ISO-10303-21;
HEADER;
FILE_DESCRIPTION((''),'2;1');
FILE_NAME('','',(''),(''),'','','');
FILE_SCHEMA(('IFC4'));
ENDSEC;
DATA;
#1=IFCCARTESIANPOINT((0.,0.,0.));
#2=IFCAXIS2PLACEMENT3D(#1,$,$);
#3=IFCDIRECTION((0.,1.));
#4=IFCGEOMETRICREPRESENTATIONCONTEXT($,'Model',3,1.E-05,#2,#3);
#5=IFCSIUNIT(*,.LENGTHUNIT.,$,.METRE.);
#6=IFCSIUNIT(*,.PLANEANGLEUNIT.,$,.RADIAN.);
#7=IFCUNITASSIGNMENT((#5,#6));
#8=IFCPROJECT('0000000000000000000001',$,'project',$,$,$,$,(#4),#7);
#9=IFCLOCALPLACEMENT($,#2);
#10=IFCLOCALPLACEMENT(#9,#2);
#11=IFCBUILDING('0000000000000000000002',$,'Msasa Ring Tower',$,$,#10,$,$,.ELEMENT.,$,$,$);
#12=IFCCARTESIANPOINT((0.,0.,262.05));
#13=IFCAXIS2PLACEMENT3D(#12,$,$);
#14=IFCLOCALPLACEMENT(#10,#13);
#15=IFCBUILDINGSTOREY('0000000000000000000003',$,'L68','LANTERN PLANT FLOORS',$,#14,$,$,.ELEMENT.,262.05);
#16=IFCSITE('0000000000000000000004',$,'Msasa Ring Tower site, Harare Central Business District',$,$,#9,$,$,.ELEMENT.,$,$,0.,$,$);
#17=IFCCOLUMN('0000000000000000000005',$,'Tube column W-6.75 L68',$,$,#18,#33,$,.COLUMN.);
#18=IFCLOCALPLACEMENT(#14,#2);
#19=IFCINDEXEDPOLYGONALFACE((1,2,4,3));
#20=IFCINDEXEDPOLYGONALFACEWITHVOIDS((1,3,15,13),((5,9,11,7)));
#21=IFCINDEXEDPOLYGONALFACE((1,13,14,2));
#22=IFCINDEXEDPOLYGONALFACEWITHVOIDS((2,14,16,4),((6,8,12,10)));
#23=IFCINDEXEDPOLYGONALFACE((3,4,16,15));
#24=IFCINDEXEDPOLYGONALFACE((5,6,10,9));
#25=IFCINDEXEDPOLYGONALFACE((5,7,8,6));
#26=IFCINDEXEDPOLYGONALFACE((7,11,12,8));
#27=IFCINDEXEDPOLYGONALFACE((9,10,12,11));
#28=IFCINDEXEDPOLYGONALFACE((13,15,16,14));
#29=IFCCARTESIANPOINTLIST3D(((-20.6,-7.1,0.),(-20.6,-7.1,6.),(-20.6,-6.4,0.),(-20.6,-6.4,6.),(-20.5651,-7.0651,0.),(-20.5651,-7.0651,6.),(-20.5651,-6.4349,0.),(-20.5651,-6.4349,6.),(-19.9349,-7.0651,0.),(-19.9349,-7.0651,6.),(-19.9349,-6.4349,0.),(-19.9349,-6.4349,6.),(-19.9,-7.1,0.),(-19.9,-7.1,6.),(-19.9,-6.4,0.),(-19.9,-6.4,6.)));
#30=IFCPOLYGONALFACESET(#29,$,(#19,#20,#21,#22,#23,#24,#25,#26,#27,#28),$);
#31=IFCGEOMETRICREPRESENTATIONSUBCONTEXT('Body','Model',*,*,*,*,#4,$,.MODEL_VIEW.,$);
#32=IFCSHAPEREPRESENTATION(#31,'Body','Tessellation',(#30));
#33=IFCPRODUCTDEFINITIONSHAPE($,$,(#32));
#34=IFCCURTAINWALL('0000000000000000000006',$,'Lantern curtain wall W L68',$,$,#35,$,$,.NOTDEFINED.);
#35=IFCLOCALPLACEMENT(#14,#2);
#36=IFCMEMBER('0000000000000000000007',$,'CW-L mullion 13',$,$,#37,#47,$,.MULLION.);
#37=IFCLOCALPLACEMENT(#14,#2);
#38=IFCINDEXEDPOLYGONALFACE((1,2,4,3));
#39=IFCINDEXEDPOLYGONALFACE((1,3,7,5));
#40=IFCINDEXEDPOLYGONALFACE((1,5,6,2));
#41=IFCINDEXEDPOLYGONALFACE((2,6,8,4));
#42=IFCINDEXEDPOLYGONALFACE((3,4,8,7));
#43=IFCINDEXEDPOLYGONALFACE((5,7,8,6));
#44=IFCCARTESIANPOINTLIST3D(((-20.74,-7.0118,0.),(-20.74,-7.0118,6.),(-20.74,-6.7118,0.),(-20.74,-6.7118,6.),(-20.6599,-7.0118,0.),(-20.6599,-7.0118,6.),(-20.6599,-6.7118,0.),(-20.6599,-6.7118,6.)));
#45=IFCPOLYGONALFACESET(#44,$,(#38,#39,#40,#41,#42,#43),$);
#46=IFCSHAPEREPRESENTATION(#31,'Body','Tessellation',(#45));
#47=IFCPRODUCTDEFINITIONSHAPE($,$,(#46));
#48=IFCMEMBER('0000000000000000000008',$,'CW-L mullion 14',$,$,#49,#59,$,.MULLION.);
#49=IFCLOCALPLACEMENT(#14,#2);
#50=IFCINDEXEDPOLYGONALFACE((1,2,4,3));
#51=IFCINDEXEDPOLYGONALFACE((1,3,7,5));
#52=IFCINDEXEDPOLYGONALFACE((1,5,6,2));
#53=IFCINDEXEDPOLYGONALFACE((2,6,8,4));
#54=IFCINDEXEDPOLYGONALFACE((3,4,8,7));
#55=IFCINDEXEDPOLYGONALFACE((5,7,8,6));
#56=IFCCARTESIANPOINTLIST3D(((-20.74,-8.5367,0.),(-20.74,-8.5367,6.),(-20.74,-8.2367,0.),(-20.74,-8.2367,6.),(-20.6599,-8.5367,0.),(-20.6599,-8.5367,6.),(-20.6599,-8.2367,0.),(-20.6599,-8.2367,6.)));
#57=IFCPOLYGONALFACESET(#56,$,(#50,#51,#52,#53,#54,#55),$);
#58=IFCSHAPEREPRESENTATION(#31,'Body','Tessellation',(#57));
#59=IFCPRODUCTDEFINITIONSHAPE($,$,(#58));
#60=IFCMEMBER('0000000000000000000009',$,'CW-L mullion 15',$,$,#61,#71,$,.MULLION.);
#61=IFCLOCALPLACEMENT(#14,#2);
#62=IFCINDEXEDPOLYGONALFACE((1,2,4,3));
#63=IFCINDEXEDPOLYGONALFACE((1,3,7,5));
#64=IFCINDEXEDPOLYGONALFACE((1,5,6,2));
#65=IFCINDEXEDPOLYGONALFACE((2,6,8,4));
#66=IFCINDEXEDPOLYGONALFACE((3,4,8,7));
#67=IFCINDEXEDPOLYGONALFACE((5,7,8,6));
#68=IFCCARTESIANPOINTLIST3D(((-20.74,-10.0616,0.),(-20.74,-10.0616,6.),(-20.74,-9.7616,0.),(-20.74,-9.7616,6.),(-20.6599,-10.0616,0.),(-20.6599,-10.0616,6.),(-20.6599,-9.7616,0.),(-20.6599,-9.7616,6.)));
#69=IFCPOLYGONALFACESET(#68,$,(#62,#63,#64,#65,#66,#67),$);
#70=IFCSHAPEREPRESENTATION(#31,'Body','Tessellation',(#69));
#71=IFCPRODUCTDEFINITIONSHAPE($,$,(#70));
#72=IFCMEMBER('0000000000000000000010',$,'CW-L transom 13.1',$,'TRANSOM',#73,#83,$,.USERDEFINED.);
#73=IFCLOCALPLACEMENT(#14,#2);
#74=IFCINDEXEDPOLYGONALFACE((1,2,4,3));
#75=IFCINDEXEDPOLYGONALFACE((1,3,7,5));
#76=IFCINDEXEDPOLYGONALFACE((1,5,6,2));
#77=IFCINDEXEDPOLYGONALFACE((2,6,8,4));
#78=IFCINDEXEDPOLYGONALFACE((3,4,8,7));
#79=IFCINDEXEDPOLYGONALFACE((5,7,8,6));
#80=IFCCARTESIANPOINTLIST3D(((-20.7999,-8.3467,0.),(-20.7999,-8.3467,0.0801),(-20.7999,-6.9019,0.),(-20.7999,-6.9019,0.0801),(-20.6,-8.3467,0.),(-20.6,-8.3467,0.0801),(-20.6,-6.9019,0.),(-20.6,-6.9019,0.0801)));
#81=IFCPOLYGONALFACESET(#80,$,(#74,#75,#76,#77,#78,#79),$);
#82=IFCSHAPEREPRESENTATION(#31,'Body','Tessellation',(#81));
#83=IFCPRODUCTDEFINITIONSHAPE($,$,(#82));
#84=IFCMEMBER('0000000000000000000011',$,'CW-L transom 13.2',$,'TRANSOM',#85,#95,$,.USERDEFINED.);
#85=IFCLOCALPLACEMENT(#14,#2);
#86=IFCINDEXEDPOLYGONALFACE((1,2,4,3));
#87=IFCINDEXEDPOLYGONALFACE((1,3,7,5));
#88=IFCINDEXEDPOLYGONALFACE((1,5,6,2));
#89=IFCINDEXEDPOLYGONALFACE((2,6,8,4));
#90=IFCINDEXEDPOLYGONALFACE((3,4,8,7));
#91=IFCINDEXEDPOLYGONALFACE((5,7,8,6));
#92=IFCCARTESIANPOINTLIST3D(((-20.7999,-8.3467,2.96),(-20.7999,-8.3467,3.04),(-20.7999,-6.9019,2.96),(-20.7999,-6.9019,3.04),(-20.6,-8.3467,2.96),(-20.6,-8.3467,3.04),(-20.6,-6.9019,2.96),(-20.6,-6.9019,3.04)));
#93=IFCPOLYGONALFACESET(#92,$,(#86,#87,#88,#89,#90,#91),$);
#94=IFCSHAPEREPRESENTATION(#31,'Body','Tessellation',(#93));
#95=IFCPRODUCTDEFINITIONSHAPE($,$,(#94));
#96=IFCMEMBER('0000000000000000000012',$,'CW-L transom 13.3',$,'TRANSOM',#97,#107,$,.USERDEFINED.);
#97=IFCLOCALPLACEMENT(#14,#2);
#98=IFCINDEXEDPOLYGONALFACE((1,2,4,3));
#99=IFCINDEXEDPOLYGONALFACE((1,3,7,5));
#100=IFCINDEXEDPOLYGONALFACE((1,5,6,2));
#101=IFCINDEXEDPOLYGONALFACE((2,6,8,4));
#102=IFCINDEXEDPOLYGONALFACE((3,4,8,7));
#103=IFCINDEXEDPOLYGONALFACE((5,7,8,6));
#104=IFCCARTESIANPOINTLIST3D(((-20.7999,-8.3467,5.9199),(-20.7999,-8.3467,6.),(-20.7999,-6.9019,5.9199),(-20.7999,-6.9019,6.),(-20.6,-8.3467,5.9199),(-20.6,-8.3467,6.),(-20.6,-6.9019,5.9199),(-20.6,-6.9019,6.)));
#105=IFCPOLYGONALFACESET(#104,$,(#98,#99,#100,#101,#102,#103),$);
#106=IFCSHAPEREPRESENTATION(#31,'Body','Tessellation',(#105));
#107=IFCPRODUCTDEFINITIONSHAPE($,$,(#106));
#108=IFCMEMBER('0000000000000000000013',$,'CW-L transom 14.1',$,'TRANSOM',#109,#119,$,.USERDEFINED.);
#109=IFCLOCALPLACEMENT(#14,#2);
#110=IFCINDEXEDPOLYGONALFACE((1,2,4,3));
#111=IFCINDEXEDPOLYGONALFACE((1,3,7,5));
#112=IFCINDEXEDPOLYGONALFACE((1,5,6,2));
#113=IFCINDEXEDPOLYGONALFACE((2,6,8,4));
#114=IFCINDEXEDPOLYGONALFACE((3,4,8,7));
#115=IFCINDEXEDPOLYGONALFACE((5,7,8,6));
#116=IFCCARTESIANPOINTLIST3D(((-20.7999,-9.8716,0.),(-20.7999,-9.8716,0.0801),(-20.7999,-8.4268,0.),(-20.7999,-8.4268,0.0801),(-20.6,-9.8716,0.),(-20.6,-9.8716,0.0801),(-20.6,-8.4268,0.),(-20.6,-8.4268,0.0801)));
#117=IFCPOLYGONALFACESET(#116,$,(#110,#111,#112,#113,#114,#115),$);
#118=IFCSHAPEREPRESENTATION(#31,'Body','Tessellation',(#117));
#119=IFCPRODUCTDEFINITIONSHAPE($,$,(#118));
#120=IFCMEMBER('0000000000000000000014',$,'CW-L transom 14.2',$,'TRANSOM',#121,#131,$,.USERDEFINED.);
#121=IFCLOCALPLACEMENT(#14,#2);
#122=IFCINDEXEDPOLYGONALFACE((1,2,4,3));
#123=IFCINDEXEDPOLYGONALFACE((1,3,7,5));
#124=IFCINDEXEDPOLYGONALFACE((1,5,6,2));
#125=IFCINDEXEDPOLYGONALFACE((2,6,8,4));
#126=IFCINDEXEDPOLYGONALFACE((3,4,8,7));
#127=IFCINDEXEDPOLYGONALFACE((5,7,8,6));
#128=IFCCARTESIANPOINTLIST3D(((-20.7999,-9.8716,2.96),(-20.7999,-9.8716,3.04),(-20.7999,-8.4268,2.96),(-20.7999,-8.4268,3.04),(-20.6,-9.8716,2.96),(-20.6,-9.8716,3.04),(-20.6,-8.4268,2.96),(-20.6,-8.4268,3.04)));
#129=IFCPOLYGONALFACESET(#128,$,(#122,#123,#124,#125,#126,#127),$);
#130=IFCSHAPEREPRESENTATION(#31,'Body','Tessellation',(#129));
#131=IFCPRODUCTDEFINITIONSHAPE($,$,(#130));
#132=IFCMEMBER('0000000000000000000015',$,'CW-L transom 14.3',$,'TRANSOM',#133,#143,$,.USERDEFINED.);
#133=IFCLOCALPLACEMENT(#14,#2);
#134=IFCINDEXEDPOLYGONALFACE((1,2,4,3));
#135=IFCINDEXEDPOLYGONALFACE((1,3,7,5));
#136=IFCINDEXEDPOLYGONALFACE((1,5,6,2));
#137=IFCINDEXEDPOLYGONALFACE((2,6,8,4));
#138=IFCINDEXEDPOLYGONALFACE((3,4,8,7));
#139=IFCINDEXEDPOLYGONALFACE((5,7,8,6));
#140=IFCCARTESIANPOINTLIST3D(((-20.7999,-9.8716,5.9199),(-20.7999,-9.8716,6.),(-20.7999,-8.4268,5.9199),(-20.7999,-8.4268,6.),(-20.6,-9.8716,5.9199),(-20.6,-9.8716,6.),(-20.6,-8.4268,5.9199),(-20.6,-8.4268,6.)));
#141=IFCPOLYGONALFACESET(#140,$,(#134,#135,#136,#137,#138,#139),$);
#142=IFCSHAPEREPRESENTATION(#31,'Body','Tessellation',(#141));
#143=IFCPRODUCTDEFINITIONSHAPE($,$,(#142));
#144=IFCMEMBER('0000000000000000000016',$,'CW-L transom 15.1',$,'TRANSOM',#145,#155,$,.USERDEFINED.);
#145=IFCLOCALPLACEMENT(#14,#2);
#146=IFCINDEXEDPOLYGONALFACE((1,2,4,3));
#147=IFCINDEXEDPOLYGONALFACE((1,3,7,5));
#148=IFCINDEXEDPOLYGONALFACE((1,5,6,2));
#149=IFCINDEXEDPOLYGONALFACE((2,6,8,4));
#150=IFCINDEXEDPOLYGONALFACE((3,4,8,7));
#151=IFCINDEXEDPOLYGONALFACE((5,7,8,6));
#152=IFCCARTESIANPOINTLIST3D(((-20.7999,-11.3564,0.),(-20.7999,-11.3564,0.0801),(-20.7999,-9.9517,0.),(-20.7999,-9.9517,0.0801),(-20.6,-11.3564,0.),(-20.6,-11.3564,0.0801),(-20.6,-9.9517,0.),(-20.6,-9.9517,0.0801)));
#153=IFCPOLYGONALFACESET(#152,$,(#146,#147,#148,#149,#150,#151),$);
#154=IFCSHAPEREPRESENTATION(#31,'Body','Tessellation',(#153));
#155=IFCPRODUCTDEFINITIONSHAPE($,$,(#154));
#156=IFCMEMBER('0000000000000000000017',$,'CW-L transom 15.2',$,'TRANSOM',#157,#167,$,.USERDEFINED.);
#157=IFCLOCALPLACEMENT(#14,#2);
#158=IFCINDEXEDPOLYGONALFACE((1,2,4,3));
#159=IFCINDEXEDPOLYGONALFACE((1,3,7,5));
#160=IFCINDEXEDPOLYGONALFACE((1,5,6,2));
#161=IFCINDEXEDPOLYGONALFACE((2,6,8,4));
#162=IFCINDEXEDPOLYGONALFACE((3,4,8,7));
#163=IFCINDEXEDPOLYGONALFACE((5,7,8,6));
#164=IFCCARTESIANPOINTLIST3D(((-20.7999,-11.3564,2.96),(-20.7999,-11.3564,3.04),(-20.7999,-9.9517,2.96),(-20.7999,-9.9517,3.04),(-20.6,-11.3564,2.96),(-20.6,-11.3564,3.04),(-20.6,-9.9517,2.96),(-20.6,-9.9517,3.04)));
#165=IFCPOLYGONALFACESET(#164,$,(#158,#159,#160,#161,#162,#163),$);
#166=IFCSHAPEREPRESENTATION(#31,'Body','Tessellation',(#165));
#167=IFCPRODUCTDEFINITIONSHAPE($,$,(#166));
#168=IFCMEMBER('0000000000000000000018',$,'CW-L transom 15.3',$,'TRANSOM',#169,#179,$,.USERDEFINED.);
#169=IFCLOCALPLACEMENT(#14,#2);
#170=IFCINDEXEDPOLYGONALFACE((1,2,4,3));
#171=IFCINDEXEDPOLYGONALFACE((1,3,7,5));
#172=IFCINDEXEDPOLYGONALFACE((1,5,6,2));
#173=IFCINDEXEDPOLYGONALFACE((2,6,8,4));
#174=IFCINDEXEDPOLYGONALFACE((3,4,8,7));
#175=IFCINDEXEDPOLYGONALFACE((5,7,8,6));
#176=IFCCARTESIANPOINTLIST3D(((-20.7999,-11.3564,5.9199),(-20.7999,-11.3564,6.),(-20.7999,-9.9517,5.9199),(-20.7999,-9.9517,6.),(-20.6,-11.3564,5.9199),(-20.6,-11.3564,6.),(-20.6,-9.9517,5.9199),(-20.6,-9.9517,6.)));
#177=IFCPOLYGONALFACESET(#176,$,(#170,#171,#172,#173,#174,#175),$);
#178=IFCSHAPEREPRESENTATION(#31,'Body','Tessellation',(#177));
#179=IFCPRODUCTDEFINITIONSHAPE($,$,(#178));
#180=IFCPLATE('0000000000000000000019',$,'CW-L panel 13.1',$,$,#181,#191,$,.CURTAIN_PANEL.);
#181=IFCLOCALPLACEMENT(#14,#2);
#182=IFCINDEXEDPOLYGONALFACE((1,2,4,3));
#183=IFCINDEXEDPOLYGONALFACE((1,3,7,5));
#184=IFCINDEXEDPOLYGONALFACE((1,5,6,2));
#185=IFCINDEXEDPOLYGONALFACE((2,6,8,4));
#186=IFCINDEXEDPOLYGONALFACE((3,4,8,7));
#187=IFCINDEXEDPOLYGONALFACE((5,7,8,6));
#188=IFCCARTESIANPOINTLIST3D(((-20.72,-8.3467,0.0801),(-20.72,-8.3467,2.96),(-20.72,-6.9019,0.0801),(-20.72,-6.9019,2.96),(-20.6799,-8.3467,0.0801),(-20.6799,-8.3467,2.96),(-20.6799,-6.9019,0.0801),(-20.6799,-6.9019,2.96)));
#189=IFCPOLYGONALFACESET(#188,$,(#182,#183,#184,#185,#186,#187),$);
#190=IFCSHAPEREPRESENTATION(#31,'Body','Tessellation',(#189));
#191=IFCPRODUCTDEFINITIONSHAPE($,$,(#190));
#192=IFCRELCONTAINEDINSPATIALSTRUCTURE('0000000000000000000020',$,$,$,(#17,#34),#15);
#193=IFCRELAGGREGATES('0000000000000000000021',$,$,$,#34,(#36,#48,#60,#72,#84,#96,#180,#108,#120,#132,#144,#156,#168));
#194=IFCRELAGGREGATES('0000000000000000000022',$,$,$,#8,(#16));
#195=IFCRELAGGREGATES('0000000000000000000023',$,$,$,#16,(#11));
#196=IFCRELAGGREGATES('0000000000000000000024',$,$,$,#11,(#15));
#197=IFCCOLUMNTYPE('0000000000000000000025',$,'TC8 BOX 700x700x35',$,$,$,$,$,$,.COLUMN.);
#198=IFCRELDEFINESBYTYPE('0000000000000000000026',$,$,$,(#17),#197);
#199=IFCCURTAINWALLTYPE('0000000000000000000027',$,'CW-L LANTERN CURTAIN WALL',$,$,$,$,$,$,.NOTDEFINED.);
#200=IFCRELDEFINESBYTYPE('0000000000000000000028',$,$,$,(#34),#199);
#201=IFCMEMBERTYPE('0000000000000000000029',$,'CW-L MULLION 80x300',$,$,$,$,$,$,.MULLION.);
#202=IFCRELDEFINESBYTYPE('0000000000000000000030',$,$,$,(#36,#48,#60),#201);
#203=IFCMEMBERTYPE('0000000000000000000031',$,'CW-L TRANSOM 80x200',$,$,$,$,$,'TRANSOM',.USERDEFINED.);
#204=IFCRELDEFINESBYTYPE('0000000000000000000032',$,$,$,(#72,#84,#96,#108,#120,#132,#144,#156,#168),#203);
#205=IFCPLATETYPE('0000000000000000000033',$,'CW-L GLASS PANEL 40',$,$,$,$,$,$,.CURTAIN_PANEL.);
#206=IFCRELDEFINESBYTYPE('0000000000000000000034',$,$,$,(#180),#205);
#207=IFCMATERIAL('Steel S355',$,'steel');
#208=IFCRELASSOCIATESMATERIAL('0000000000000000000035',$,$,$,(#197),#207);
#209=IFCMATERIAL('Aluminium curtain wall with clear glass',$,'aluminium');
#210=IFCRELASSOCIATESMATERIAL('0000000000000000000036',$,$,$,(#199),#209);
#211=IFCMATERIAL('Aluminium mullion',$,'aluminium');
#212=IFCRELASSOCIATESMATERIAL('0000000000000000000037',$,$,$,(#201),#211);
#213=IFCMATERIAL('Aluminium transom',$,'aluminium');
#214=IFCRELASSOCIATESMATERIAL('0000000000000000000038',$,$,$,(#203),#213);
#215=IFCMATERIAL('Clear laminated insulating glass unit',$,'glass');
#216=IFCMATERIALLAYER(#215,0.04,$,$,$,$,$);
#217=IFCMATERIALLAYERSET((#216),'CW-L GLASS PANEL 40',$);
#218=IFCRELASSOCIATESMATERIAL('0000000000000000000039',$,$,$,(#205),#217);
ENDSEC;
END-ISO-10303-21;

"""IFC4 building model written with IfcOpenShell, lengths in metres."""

from ifc_helpers import new_model, si_unit, direction, frame, origin, origin_2d, place, context, subcontext, project, spatial, rectangle, hollow_rectangle, extrude, material, layer, layer_set, material_profile, profile_set, type_object, element, aggregate, save


model = new_model("IFC4")

# Units and contexts
model_context = context("Model", 3, precision=1e-05, world=origin(), true_north=direction((0.0, 1.0)))
body_context = subcontext(model_context, "Body", "Model", "MODEL_VIEW")
ifc_project = project(units=[si_unit("LENGTHUNIT", "METRE"), si_unit("PLANEANGLEUNIT", "RADIAN")], contexts=[model_context])

# Site, building, storey
site_placement = place(None, origin())
site = spatial("IfcSite", under=ifc_project, at=site_placement, Name="Msasa Ring Tower site, Harare Central Business District", CompositionType="ELEMENT", RefElevation=0.0)
building_placement = place(site_placement, origin())
building = spatial("IfcBuilding", under=site, at=building_placement, Name="Msasa Ring Tower", CompositionType="ELEMENT")
storey_placement = place(building_placement, frame((0.0, 0.0, 262.05)))
storey = spatial("IfcBuildingStorey", under=building, at=storey_placement, Name="L68", Description="LANTERN PLANT FLOORS", CompositionType="ELEMENT", Elevation=262.05)

# Column
ifc_material_1 = material(Name="Steel S355", Category="steel")
ifc_material_profile_1 = material_profile(ifc_material_1, hollow_rectangle(XDim=0.7, YDim=0.7, WallThickness=0.0349, at=origin_2d()), Name="BOX 700x700x35")
ifc_profile_set_1 = profile_set([ifc_material_profile_1], Name="Steel S355")
column_type = type_object("IfcColumnType", Name="TC8 BOX 700x700x35", PredefinedType="COLUMN", material=ifc_profile_set_1)
column_placement = place(storey_placement, frame((-20.25, -6.75, 0.0), z_axis=(0.0, 0.0, 1.0), x_axis=(1.0, 0.0, 0.0)))
element("IfcColumn", 1, at=column_placement, inside=storey, type_object=column_type, Name="Tube column W-6.75 L68", PredefinedType="COLUMN", context=body_context, shape_type="SweptSolid", body=[
    extrude(hollow_rectangle(XDim=0.7, YDim=0.7, WallThickness=0.0349, at=origin_2d()), origin(), (0.0, 0.0, 1.0), 6.0),
])

# Curtain wall, members, plate
ifc_material_2 = material(Name="Aluminium curtain wall with clear glass", Category="aluminium")
curtain_wall_type = type_object("IfcCurtainWallType", Name="CW-L LANTERN CURTAIN WALL", PredefinedType="NOTDEFINED", material=ifc_material_2)
curtain_wall_placement = place(storey_placement, origin())
curtain_wall = element("IfcCurtainWall", 2, at=curtain_wall_placement, inside=storey, type_object=curtain_wall_type, Name="Lantern curtain wall W L68", PredefinedType="NOTDEFINED")
ifc_material_3 = material(Name="Aluminium mullion", Category="aluminium")
ifc_material_profile_2 = material_profile(ifc_material_3, rectangle(XDim=0.0801, YDim=0.3, at=origin_2d()), Name="AL 80x300")
ifc_profile_set_2 = profile_set([ifc_material_profile_2], Name="Aluminium mullion")
member_type_1 = type_object("IfcMemberType", Name="CW-L MULLION 80x300", PredefinedType="MULLION", material=ifc_profile_set_2)
member_1_placement = place(storey_placement, frame((-20.7, -6.8618, 0.0), z_axis=(0.0, 0.0, 1.0), x_axis=(1.0, 0.0, 0.0)))
member_1 = element("IfcMember", 3, at=member_1_placement, type_object=member_type_1, Name="CW-L mullion 13", PredefinedType="MULLION", context=body_context, shape_type="SweptSolid", body=[
    extrude(rectangle(XDim=0.0801, YDim=0.3, at=origin_2d()), origin(), (0.0, 0.0, 1.0), 6.0),
])
member_2_placement = place(storey_placement, frame((-20.7, -8.3867, 0.0), z_axis=(0.0, 0.0, 1.0), x_axis=(1.0, 0.0, 0.0)))
member_2 = element("IfcMember", 4, at=member_2_placement, type_object=member_type_1, Name="CW-L mullion 14", PredefinedType="MULLION", context=body_context, shape_type="SweptSolid", body=[
    extrude(rectangle(XDim=0.0801, YDim=0.3, at=origin_2d()), origin(), (0.0, 0.0, 1.0), 6.0),
])
member_3_placement = place(storey_placement, frame((-20.7, -9.9116, 0.0), z_axis=(0.0, 0.0, 1.0), x_axis=(1.0, 0.0, 0.0)))
member_3 = element("IfcMember", 5, at=member_3_placement, type_object=member_type_1, Name="CW-L mullion 15", PredefinedType="MULLION", context=body_context, shape_type="SweptSolid", body=[
    extrude(rectangle(XDim=0.0801, YDim=0.3, at=origin_2d()), origin(), (0.0, 0.0, 1.0), 6.0),
])
ifc_material_4 = material(Name="Aluminium transom", Category="aluminium")
ifc_material_profile_3 = material_profile(ifc_material_4, rectangle(XDim=0.2, YDim=0.0801, at=origin_2d()), Name="AL 80x200")
ifc_profile_set_3 = profile_set([ifc_material_profile_3], Name="Aluminium transom")
member_type_2 = type_object("IfcMemberType", Name="CW-L TRANSOM 80x200", ElementType="TRANSOM", PredefinedType="USERDEFINED", material=ifc_profile_set_3)
member_4_placement = place(storey_placement, frame((-20.7, -6.9019, 0.04), z_axis=(0.0, -1.0, 0.0), x_axis=(1.0, 0.0, 0.0)))
member_4 = element("IfcMember", 6, at=member_4_placement, type_object=member_type_2, Name="CW-L transom 13.1", ObjectType="TRANSOM", PredefinedType="USERDEFINED", context=body_context, shape_type="SweptSolid", body=[
    extrude(rectangle(XDim=0.2, YDim=0.0801, at=origin_2d()), origin(), (0.0, 0.0, 1.0), 1.4448),
])
member_5_placement = place(storey_placement, frame((-20.7, -6.9019, 3.0), z_axis=(0.0, -1.0, 0.0), x_axis=(1.0, 0.0, 0.0)))
member_5 = element("IfcMember", 7, at=member_5_placement, type_object=member_type_2, Name="CW-L transom 13.2", ObjectType="TRANSOM", PredefinedType="USERDEFINED", context=body_context, shape_type="SweptSolid", body=[
    extrude(rectangle(XDim=0.2, YDim=0.0801, at=origin_2d()), origin(), (0.0, 0.0, 1.0), 1.4448),
])
member_6_placement = place(storey_placement, frame((-20.7, -6.9019, 5.96), z_axis=(0.0, -1.0, 0.0), x_axis=(1.0, 0.0, 0.0)))
member_6 = element("IfcMember", 8, at=member_6_placement, type_object=member_type_2, Name="CW-L transom 13.3", ObjectType="TRANSOM", PredefinedType="USERDEFINED", context=body_context, shape_type="SweptSolid", body=[
    extrude(rectangle(XDim=0.2, YDim=0.0801, at=origin_2d()), origin(), (0.0, 0.0, 1.0), 1.4448),
])
member_7_placement = place(storey_placement, frame((-20.7, -8.4268, 0.04), z_axis=(0.0, -1.0, 0.0), x_axis=(1.0, 0.0, 0.0)))
member_7 = element("IfcMember", 9, at=member_7_placement, type_object=member_type_2, Name="CW-L transom 14.1", ObjectType="TRANSOM", PredefinedType="USERDEFINED", context=body_context, shape_type="SweptSolid", body=[
    extrude(rectangle(XDim=0.2, YDim=0.0801, at=origin_2d()), origin(), (0.0, 0.0, 1.0), 1.4448),
])
member_8_placement = place(storey_placement, frame((-20.7, -8.4268, 3.0), z_axis=(0.0, -1.0, 0.0), x_axis=(1.0, 0.0, 0.0)))
member_8 = element("IfcMember", 10, at=member_8_placement, type_object=member_type_2, Name="CW-L transom 14.2", ObjectType="TRANSOM", PredefinedType="USERDEFINED", context=body_context, shape_type="SweptSolid", body=[
    extrude(rectangle(XDim=0.2, YDim=0.0801, at=origin_2d()), origin(), (0.0, 0.0, 1.0), 1.4448),
])
member_9_placement = place(storey_placement, frame((-20.7, -8.4268, 5.96), z_axis=(0.0, -1.0, 0.0), x_axis=(1.0, 0.0, 0.0)))
member_9 = element("IfcMember", 11, at=member_9_placement, type_object=member_type_2, Name="CW-L transom 14.3", ObjectType="TRANSOM", PredefinedType="USERDEFINED", context=body_context, shape_type="SweptSolid", body=[
    extrude(rectangle(XDim=0.2, YDim=0.0801, at=origin_2d()), origin(), (0.0, 0.0, 1.0), 1.4448),
])
member_10_placement = place(storey_placement, frame((-20.7, -9.9517, 0.04), z_axis=(0.0, -1.0, 0.0), x_axis=(1.0, 0.0, 0.0)))
member_10 = element("IfcMember", 12, at=member_10_placement, type_object=member_type_2, Name="CW-L transom 15.1", ObjectType="TRANSOM", PredefinedType="USERDEFINED", context=body_context, shape_type="SweptSolid", body=[
    extrude(rectangle(XDim=0.2, YDim=0.0801, at=origin_2d()), origin(), (0.0, 0.0, 1.0), 1.4048),
])
member_11_placement = place(storey_placement, frame((-20.7, -9.9517, 3.0), z_axis=(0.0, -1.0, 0.0), x_axis=(1.0, 0.0, 0.0)))
member_11 = element("IfcMember", 13, at=member_11_placement, type_object=member_type_2, Name="CW-L transom 15.2", ObjectType="TRANSOM", PredefinedType="USERDEFINED", context=body_context, shape_type="SweptSolid", body=[
    extrude(rectangle(XDim=0.2, YDim=0.0801, at=origin_2d()), origin(), (0.0, 0.0, 1.0), 1.4048),
])
member_12_placement = place(storey_placement, frame((-20.7, -9.9517, 5.96), z_axis=(0.0, -1.0, 0.0), x_axis=(1.0, 0.0, 0.0)))
member_12 = element("IfcMember", 14, at=member_12_placement, type_object=member_type_2, Name="CW-L transom 15.3", ObjectType="TRANSOM", PredefinedType="USERDEFINED", context=body_context, shape_type="SweptSolid", body=[
    extrude(rectangle(XDim=0.2, YDim=0.0801, at=origin_2d()), origin(), (0.0, 0.0, 1.0), 1.4048),
])
ifc_material_5 = material(Name="Clear laminated insulating glass unit", Category="glass")
ifc_layer_1 = layer(ifc_material_5, 0.04)
ifc_layer_set_1 = layer_set([ifc_layer_1], Name="CW-L GLASS PANEL 40")
plate_type = type_object("IfcPlateType", Name="CW-L GLASS PANEL 40", PredefinedType="CURTAIN_PANEL", material=ifc_layer_set_1)
plate_1_placement = place(storey_placement, frame((-20.7, -7.6243, 0.0801), z_axis=(0.0, 0.0, 1.0), x_axis=(0.0, -1.0, 0.0)))
plate_1 = element("IfcPlate", 15, at=plate_1_placement, type_object=plate_type, Name="CW-L panel 13.1", PredefinedType="CURTAIN_PANEL", context=body_context, shape_type="SweptSolid", body=[
    extrude(rectangle(XDim=1.4448, YDim=0.04, at=origin_2d()), origin(), (0.0, 0.0, 1.0), 2.8799),
])
aggregate(curtain_wall, [member_1, member_2, member_3, member_4, member_5, member_6, plate_1, member_7, member_8, member_9, member_10, member_11, member_12])

save(model, "model.ifc")
